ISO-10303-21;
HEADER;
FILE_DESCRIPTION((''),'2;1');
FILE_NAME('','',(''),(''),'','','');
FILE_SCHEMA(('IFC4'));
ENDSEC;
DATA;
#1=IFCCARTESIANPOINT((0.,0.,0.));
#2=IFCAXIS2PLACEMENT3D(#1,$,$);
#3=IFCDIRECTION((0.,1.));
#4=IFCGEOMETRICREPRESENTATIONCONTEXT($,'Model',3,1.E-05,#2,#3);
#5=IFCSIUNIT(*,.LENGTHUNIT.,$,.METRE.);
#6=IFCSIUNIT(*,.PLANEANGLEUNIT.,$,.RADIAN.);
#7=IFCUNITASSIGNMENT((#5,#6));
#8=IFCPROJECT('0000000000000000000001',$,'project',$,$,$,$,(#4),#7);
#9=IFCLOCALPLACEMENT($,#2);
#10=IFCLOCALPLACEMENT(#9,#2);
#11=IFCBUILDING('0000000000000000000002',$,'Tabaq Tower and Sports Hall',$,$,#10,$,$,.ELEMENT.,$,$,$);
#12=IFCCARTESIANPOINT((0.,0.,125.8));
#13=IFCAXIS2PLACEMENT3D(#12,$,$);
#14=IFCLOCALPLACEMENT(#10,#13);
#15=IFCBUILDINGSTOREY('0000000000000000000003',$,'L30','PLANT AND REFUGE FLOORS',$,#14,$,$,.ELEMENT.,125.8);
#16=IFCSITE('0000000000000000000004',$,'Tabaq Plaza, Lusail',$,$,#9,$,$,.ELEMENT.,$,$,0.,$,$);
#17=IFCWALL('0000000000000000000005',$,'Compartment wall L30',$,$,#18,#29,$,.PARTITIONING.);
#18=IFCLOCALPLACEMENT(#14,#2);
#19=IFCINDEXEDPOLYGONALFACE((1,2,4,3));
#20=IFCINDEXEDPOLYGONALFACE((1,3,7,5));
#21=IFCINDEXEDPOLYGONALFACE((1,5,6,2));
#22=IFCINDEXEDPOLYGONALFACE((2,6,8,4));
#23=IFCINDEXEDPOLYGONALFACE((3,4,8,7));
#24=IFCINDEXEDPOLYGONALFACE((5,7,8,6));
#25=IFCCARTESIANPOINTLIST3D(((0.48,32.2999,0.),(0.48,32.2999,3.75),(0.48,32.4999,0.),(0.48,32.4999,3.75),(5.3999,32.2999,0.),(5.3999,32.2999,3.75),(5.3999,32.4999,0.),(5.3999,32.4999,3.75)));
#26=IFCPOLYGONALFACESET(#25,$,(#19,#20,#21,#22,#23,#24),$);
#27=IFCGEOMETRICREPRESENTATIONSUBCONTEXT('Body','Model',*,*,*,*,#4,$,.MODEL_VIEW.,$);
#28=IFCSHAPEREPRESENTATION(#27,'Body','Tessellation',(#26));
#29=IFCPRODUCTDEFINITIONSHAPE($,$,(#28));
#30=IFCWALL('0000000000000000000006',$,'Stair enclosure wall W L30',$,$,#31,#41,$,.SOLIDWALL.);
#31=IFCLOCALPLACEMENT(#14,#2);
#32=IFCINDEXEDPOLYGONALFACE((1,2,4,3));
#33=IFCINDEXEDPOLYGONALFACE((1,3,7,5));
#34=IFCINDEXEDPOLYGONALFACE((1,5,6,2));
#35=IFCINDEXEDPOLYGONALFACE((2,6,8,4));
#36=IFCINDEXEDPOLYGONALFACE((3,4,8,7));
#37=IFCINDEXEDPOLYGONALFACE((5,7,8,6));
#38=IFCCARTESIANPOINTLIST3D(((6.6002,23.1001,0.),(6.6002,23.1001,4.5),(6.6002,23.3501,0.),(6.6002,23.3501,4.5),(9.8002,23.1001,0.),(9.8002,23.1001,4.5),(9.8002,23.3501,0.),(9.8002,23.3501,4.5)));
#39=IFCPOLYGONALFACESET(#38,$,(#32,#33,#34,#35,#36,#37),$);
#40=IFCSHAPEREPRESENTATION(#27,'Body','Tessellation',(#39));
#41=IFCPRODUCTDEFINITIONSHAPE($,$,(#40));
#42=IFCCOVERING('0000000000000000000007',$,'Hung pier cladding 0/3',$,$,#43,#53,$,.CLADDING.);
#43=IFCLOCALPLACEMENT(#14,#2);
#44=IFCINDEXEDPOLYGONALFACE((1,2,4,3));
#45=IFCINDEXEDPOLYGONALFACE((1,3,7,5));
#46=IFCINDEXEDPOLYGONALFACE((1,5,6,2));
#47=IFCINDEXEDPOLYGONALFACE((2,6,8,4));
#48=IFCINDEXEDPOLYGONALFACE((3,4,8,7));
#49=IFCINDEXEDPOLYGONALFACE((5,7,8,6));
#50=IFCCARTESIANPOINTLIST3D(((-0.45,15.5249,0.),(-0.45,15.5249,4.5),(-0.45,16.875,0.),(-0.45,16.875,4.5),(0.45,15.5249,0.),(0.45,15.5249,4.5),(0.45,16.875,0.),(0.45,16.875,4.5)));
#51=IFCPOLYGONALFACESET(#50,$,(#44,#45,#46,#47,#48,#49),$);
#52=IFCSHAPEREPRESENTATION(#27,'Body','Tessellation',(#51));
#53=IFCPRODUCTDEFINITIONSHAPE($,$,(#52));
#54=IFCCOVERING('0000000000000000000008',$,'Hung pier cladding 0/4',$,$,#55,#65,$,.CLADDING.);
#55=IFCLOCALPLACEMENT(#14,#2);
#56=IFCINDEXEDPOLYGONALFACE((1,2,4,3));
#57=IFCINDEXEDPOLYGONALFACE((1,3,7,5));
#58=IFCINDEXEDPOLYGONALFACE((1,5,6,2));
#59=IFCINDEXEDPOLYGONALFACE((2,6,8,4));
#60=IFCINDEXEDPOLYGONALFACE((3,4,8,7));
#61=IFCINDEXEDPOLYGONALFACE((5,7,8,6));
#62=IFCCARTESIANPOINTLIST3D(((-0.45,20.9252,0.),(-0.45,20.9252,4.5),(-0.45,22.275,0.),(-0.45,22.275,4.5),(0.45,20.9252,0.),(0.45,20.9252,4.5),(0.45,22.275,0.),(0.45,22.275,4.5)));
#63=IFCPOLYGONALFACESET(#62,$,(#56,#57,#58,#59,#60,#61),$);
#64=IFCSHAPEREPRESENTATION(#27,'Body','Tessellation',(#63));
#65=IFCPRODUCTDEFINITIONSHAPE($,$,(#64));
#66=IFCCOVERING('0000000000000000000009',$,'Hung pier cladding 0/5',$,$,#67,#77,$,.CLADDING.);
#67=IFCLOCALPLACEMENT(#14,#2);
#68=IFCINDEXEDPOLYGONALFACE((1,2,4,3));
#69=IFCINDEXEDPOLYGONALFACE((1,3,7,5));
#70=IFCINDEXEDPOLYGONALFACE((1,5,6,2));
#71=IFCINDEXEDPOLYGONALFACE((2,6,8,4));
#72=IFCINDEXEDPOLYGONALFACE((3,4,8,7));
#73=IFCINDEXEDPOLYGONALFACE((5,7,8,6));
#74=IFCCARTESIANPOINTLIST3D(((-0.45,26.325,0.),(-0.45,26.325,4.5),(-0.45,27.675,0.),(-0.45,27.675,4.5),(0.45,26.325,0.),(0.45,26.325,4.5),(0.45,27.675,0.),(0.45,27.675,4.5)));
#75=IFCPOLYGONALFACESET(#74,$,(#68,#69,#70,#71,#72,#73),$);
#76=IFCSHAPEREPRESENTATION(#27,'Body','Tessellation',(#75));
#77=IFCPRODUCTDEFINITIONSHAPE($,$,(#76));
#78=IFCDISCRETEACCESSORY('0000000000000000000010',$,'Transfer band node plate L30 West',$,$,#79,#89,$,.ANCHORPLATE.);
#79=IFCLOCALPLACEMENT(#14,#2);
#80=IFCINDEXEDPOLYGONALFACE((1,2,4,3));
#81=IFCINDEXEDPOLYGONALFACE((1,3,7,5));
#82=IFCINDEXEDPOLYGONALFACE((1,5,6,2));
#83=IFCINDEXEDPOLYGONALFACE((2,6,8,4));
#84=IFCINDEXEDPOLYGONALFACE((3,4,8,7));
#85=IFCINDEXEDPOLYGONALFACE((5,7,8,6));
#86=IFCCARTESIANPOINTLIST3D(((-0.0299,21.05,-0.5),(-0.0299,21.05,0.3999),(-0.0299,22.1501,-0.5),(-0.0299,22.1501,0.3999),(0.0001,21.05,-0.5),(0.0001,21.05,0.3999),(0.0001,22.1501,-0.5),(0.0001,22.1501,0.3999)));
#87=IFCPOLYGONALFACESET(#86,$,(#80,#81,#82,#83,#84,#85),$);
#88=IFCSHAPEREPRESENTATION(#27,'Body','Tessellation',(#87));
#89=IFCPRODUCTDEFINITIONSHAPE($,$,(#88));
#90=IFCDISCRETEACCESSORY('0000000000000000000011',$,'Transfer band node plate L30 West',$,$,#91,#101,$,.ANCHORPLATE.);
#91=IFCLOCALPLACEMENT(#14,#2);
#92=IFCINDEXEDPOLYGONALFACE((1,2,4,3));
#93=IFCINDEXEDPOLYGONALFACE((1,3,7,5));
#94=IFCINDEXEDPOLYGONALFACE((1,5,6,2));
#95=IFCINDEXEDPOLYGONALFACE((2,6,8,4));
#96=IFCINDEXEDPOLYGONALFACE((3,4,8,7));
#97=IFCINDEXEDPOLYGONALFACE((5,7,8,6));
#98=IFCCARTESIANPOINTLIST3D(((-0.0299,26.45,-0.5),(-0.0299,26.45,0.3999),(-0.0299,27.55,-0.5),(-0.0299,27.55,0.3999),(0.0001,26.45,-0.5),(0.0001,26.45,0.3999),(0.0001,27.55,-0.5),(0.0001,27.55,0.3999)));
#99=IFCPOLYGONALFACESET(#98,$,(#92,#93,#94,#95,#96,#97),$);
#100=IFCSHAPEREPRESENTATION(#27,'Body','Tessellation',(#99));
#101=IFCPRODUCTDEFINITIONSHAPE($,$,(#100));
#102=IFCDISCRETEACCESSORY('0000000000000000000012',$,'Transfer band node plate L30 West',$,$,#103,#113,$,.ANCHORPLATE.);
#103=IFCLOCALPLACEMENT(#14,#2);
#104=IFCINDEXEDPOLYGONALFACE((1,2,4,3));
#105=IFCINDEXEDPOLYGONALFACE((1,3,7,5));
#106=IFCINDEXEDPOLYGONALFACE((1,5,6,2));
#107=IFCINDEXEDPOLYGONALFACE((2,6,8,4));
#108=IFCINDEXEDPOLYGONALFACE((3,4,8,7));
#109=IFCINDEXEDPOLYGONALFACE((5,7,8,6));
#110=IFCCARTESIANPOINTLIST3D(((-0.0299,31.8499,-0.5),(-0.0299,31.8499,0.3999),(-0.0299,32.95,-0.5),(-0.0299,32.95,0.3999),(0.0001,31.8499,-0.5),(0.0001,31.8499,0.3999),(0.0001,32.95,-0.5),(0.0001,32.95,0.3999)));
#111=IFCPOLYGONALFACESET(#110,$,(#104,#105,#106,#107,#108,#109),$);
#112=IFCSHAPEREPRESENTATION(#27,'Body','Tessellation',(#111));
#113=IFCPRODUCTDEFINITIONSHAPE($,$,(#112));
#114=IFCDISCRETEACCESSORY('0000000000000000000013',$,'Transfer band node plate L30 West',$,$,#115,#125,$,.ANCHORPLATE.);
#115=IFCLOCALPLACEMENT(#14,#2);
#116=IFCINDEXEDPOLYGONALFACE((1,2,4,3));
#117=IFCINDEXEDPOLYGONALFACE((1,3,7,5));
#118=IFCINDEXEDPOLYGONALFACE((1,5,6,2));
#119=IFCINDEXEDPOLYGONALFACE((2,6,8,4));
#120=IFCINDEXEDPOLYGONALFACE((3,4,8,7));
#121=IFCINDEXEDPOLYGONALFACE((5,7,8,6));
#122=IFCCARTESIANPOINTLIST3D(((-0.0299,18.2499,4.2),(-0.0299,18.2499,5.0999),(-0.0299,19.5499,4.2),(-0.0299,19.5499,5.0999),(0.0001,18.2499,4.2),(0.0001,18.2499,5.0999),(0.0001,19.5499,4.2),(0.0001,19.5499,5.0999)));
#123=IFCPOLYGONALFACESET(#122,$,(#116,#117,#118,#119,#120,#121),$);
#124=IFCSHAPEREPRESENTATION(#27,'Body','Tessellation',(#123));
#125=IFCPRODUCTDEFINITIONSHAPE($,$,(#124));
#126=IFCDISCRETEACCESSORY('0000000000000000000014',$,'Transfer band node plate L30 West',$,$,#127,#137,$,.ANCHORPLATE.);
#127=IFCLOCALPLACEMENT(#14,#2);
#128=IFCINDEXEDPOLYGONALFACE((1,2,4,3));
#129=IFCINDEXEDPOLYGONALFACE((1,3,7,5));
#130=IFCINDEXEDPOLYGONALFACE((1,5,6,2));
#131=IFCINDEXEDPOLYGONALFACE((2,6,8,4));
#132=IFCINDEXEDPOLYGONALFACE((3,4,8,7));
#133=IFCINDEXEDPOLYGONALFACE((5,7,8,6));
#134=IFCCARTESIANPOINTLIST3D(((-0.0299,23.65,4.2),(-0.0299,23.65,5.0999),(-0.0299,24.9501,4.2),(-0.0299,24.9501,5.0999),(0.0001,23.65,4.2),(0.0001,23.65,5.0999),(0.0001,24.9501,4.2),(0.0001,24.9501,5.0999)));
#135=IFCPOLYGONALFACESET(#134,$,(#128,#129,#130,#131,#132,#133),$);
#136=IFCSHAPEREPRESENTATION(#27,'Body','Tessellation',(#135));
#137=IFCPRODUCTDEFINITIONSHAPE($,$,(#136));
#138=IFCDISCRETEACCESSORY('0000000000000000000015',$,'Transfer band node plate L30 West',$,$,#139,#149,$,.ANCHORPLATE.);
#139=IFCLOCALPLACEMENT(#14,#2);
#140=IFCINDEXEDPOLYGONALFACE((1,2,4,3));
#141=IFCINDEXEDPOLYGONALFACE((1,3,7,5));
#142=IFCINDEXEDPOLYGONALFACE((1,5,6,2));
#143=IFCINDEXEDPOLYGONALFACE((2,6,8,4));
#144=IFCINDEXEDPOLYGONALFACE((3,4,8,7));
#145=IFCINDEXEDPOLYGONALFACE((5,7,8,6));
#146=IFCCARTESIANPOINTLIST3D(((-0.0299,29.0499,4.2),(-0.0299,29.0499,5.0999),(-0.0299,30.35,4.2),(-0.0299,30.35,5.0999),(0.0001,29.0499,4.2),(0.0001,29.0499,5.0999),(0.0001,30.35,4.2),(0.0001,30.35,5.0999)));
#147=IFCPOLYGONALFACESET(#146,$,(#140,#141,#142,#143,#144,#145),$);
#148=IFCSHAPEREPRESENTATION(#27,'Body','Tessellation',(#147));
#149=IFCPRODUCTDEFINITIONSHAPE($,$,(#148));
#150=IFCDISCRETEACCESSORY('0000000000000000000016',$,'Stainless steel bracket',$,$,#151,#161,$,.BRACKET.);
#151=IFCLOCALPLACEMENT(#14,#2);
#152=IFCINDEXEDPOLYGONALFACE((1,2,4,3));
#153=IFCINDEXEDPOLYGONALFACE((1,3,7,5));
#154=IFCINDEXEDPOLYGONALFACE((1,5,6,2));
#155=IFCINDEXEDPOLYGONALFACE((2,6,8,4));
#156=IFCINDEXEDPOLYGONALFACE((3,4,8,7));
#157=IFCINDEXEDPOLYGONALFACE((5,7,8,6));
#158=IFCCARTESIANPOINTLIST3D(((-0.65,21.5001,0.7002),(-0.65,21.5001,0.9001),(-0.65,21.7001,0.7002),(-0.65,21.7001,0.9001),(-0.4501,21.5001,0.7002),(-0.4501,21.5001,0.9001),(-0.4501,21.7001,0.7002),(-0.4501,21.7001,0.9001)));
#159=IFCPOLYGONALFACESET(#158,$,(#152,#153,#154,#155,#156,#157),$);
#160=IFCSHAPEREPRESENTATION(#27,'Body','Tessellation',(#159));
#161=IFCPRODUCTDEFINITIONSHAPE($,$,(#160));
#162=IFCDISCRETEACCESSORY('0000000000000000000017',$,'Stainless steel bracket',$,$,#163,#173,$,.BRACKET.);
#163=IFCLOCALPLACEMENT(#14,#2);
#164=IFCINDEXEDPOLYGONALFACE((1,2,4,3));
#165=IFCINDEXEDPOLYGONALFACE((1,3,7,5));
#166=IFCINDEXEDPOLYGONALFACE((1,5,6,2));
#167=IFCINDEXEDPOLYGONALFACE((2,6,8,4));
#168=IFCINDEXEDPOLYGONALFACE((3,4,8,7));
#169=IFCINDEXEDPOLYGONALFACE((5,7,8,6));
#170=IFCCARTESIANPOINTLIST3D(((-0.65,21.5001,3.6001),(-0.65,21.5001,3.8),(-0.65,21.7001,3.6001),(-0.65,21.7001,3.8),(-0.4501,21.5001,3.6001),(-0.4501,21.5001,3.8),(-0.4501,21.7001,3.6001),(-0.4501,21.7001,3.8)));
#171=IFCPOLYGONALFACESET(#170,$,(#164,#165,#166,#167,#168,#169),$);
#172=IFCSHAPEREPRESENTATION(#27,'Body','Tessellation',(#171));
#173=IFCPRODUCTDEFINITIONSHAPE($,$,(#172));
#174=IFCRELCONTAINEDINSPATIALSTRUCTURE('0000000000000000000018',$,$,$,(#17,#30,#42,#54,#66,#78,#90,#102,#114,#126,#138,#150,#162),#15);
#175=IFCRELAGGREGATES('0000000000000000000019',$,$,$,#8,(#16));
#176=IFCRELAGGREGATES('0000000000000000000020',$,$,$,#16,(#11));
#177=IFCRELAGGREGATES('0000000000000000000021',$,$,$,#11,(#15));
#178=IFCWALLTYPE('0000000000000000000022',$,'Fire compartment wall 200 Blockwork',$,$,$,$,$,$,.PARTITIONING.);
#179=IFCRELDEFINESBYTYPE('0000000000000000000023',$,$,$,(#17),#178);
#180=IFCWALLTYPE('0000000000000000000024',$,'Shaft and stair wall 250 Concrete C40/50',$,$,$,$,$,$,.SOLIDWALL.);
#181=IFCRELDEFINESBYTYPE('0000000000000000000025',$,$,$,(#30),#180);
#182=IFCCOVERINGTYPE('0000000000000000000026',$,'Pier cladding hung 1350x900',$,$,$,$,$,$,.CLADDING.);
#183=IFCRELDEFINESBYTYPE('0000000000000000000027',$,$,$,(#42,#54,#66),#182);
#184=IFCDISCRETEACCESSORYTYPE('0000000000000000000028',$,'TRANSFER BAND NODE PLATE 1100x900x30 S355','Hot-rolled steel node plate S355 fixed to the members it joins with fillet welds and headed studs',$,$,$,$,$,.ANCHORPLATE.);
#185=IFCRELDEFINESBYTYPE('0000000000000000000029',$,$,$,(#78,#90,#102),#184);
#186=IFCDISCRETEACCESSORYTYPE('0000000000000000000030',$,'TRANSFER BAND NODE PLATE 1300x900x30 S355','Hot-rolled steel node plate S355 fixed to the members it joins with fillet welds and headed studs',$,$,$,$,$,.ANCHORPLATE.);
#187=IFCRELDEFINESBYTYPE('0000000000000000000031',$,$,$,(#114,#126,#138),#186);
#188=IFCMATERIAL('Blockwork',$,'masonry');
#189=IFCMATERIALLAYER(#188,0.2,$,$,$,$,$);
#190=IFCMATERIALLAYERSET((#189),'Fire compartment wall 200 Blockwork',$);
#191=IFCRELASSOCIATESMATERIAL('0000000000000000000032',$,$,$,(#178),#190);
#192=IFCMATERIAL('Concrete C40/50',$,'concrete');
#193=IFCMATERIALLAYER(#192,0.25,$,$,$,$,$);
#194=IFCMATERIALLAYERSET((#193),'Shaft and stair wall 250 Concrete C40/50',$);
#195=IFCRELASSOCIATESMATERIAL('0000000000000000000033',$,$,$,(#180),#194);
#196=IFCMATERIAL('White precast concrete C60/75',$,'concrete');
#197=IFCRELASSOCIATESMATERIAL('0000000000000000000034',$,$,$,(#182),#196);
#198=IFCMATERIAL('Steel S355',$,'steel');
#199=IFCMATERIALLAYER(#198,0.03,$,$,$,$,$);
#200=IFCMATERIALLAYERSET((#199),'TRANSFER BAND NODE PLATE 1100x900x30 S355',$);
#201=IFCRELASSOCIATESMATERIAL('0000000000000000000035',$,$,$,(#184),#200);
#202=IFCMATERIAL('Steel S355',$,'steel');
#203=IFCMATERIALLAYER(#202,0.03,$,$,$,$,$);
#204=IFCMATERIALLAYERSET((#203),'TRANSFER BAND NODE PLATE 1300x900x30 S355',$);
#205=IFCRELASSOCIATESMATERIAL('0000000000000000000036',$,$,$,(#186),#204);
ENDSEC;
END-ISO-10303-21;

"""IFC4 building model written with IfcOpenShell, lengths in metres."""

from ifc_helpers import new_model, si_unit, direction, frame, frame_2d, origin, origin_2d, place, context, subcontext, project, spatial, rectangle, extrude, material, layer, layer_set, type_object, element, save


model = new_model("IFC4")

# Units and contexts
model_context = context("Model", 3, precision=1e-05, world=origin(), true_north=direction((0.0, 1.0)))
body_context = subcontext(model_context, "Body", "Model", "MODEL_VIEW")
ifc_project = project(units=[si_unit("LENGTHUNIT", "METRE"), si_unit("PLANEANGLEUNIT", "RADIAN")], contexts=[model_context])

# Site, building, storey
site_placement = place(None, origin())
site = spatial("IfcSite", under=ifc_project, at=site_placement, Name="Tabaq Plaza, Lusail", CompositionType="ELEMENT", RefElevation=0.0)
building_placement = place(site_placement, origin())
building = spatial("IfcBuilding", under=site, at=building_placement, Name="Tabaq Tower and Sports Hall", CompositionType="ELEMENT")
storey_placement = place(building_placement, frame((0.0, 0.0, 125.8)))
storey = spatial("IfcBuildingStorey", under=building, at=storey_placement, Name="L30", Description="PLANT AND REFUGE FLOORS", CompositionType="ELEMENT", Elevation=125.8)

# Wall
ifc_material_1 = material(Name="Blockwork", Category="masonry")
ifc_layer_1 = layer(ifc_material_1, 0.2)
ifc_layer_set_1 = layer_set([ifc_layer_1], Name="Fire compartment wall 200 Blockwork")
wall_type_1 = type_object("IfcWallType", Name="Fire compartment wall 200 Blockwork", PredefinedType="PARTITIONING", material=ifc_layer_set_1)
wall_1_placement = place(storey_placement, frame((0.48, 32.3999, 0.0), z_axis=(0.0, 0.0, 1.0), x_axis=(1.0, 0.0, 0.0)))
element("IfcWall", 1, at=wall_1_placement, inside=storey, type_object=wall_type_1, Name="Compartment wall L30", PredefinedType="PARTITIONING", context=body_context, shape_type="SweptSolid", body=[
    extrude(rectangle(XDim=4.9199, YDim=0.2, at=frame_2d((2.46, 0.0))), origin(), (0.0, 0.0, 1.0), 3.75),
])

# Wall
ifc_material_2 = material(Name="Concrete C40/50", Category="concrete")
ifc_layer_2 = layer(ifc_material_2, 0.25)
ifc_layer_set_2 = layer_set([ifc_layer_2], Name="Shaft and stair wall 250 Concrete C40/50")
wall_type_2 = type_object("IfcWallType", Name="Shaft and stair wall 250 Concrete C40/50", PredefinedType="SOLIDWALL", material=ifc_layer_set_2)
wall_2_placement = place(storey_placement, frame((6.6001, 23.2251, 0.0), z_axis=(0.0, 0.0, 1.0), x_axis=(1.0, 0.0, 0.0)))
element("IfcWall", 2, at=wall_2_placement, inside=storey, type_object=wall_type_2, Name="Stair enclosure wall W L30", PredefinedType="SOLIDWALL", context=body_context, shape_type="SweptSolid", body=[
    extrude(rectangle(XDim=3.2, YDim=0.25, at=frame_2d((1.6001, 0.0))), origin(), (0.0, 0.0, 1.0), 4.5),
])

# Coverings
ifc_material_3 = material(Name="White precast concrete C60/75", Category="concrete")
covering_type = type_object("IfcCoveringType", Name="Pier cladding hung 1350x900", PredefinedType="CLADDING", material=ifc_material_3)
covering_1_placement = place(storey_placement, frame((0.0, 16.875, 0.0), z_axis=(0.0, 0.0, 1.0), x_axis=(0.0, -1.0, 0.0)))
element("IfcCovering", 3, at=covering_1_placement, inside=storey, type_object=covering_type, Name="Hung pier cladding 0/3", PredefinedType="CLADDING", context=body_context, shape_type="SweptSolid", body=[
    extrude(rectangle(XDim=1.3501, YDim=0.8999, at=frame_2d((0.675, 0.0))), origin(), (0.0, 0.0, 1.0), 4.5),
])
covering_2_placement = place(storey_placement, frame((0.0, 22.2749, 0.0), z_axis=(0.0, 0.0, 1.0), x_axis=(0.0, -1.0, 0.0)))
element("IfcCovering", 4, at=covering_2_placement, inside=storey, type_object=covering_type, Name="Hung pier cladding 0/4", PredefinedType="CLADDING", context=body_context, shape_type="SweptSolid", body=[
    extrude(rectangle(XDim=1.3499, YDim=0.8999, at=frame_2d((0.6748, 0.0))), origin(), (0.0, 0.0, 1.0), 4.5),
])
covering_3_placement = place(storey_placement, frame((0.0, 27.675, 0.0), z_axis=(0.0, 0.0, 1.0), x_axis=(0.0, -1.0, 0.0)))
element("IfcCovering", 5, at=covering_3_placement, inside=storey, type_object=covering_type, Name="Hung pier cladding 0/5", PredefinedType="CLADDING", context=body_context, shape_type="SweptSolid", body=[
    extrude(rectangle(XDim=1.3501, YDim=0.8999, at=frame_2d((0.675, 0.0))), origin(), (0.0, 0.0, 1.0), 4.5),
])

# Discrete accessories
ifc_material_4 = material(Name="Steel S355", Category="steel")
ifc_layer_3 = layer(ifc_material_4, 0.03)
ifc_layer_set_3 = layer_set([ifc_layer_3], Name="TRANSFER BAND NODE PLATE 1100x900x30 S355")
discrete_accessory_type_1 = type_object("IfcDiscreteAccessoryType", Name="TRANSFER BAND NODE PLATE 1100x900x30 S355", Description="Hot-rolled steel node plate S355 fixed to the members it joins with fillet welds and headed studs", PredefinedType="ANCHORPLATE", material=ifc_layer_set_3)
for number, where, z_axis, x_axis, name in (
    (6, (-0.0149, 21.6001, -0.5), (0.0, 0.0, 1.0), (0.0, -1.0, 0.0), "Transfer band node plate L30 West"),
    (7, (-0.0149, 27.0, -0.5), (0.0, 0.0, 1.0), (0.0, -1.0, 0.0), "Transfer band node plate L30 West"),
    (8, (-0.0149, 32.3999, -0.5), (0.0, 0.0, 1.0), (0.0, -1.0, 0.0), "Transfer band node plate L30 West"),
):
    element("IfcDiscreteAccessory", number, at=place(storey_placement, frame(where, z_axis=z_axis, x_axis=x_axis)), inside=storey, type_object=discrete_accessory_type_1, Name=name, PredefinedType="ANCHORPLATE", context=body_context, shape_type="SweptSolid", body=[
        extrude(rectangle(XDim=1.1001, YDim=0.03, at=origin_2d()), origin(), (0.0, 0.0, 1.0), 0.8999),
    ])
ifc_material_5 = material(Name="Steel S355", Category="steel")
ifc_layer_4 = layer(ifc_material_5, 0.03)
ifc_layer_set_4 = layer_set([ifc_layer_4], Name="TRANSFER BAND NODE PLATE 1300x900x30 S355")
discrete_accessory_type_2 = type_object("IfcDiscreteAccessoryType", Name="TRANSFER BAND NODE PLATE 1300x900x30 S355", Description="Hot-rolled steel node plate S355 fixed to the members it joins with fillet welds and headed studs", PredefinedType="ANCHORPLATE", material=ifc_layer_set_4)
for number, where, z_axis, x_axis, name in (
    (9, (-0.0149, 18.8999, 4.2), (0.0, 0.0, 1.0), (0.0, -1.0, 0.0), "Transfer band node plate L30 West"),
    (10, (-0.0149, 24.3, 4.2), (0.0, 0.0, 1.0), (0.0, -1.0, 0.0), "Transfer band node plate L30 West"),
    (11, (-0.0149, 29.7, 4.2), (0.0, 0.0, 1.0), (0.0, -1.0, 0.0), "Transfer band node plate L30 West"),
):
    element("IfcDiscreteAccessory", number, at=place(storey_placement, frame(where, z_axis=z_axis, x_axis=x_axis)), inside=storey, type_object=discrete_accessory_type_2, Name=name, PredefinedType="ANCHORPLATE", context=body_context, shape_type="SweptSolid", body=[
        extrude(rectangle(XDim=1.3, YDim=0.03, at=origin_2d()), origin(), (0.0, 0.0, 1.0), 0.8999),
    ])
for number, where, z_axis, x_axis, name in (
    (12, (-0.55, 21.6001, 0.7002), (0.0, 0.0, 1.0), (1.0, 0.0, 0.0), "Stainless steel bracket"),
    (13, (-0.55, 21.6001, 3.6001), (0.0, 0.0, 1.0), (1.0, 0.0, 0.0), "Stainless steel bracket"),
):
    element("IfcDiscreteAccessory", number, at=place(storey_placement, frame(where, z_axis=z_axis, x_axis=x_axis)), inside=storey, Name=name, PredefinedType="BRACKET", context=body_context, shape_type="SweptSolid", body=[
        extrude(rectangle(XDim=0.2, YDim=0.2, at=origin_2d()), origin(), (0.0, 0.0, 1.0), 0.2),
    ])

save(model, "model.ifc")
